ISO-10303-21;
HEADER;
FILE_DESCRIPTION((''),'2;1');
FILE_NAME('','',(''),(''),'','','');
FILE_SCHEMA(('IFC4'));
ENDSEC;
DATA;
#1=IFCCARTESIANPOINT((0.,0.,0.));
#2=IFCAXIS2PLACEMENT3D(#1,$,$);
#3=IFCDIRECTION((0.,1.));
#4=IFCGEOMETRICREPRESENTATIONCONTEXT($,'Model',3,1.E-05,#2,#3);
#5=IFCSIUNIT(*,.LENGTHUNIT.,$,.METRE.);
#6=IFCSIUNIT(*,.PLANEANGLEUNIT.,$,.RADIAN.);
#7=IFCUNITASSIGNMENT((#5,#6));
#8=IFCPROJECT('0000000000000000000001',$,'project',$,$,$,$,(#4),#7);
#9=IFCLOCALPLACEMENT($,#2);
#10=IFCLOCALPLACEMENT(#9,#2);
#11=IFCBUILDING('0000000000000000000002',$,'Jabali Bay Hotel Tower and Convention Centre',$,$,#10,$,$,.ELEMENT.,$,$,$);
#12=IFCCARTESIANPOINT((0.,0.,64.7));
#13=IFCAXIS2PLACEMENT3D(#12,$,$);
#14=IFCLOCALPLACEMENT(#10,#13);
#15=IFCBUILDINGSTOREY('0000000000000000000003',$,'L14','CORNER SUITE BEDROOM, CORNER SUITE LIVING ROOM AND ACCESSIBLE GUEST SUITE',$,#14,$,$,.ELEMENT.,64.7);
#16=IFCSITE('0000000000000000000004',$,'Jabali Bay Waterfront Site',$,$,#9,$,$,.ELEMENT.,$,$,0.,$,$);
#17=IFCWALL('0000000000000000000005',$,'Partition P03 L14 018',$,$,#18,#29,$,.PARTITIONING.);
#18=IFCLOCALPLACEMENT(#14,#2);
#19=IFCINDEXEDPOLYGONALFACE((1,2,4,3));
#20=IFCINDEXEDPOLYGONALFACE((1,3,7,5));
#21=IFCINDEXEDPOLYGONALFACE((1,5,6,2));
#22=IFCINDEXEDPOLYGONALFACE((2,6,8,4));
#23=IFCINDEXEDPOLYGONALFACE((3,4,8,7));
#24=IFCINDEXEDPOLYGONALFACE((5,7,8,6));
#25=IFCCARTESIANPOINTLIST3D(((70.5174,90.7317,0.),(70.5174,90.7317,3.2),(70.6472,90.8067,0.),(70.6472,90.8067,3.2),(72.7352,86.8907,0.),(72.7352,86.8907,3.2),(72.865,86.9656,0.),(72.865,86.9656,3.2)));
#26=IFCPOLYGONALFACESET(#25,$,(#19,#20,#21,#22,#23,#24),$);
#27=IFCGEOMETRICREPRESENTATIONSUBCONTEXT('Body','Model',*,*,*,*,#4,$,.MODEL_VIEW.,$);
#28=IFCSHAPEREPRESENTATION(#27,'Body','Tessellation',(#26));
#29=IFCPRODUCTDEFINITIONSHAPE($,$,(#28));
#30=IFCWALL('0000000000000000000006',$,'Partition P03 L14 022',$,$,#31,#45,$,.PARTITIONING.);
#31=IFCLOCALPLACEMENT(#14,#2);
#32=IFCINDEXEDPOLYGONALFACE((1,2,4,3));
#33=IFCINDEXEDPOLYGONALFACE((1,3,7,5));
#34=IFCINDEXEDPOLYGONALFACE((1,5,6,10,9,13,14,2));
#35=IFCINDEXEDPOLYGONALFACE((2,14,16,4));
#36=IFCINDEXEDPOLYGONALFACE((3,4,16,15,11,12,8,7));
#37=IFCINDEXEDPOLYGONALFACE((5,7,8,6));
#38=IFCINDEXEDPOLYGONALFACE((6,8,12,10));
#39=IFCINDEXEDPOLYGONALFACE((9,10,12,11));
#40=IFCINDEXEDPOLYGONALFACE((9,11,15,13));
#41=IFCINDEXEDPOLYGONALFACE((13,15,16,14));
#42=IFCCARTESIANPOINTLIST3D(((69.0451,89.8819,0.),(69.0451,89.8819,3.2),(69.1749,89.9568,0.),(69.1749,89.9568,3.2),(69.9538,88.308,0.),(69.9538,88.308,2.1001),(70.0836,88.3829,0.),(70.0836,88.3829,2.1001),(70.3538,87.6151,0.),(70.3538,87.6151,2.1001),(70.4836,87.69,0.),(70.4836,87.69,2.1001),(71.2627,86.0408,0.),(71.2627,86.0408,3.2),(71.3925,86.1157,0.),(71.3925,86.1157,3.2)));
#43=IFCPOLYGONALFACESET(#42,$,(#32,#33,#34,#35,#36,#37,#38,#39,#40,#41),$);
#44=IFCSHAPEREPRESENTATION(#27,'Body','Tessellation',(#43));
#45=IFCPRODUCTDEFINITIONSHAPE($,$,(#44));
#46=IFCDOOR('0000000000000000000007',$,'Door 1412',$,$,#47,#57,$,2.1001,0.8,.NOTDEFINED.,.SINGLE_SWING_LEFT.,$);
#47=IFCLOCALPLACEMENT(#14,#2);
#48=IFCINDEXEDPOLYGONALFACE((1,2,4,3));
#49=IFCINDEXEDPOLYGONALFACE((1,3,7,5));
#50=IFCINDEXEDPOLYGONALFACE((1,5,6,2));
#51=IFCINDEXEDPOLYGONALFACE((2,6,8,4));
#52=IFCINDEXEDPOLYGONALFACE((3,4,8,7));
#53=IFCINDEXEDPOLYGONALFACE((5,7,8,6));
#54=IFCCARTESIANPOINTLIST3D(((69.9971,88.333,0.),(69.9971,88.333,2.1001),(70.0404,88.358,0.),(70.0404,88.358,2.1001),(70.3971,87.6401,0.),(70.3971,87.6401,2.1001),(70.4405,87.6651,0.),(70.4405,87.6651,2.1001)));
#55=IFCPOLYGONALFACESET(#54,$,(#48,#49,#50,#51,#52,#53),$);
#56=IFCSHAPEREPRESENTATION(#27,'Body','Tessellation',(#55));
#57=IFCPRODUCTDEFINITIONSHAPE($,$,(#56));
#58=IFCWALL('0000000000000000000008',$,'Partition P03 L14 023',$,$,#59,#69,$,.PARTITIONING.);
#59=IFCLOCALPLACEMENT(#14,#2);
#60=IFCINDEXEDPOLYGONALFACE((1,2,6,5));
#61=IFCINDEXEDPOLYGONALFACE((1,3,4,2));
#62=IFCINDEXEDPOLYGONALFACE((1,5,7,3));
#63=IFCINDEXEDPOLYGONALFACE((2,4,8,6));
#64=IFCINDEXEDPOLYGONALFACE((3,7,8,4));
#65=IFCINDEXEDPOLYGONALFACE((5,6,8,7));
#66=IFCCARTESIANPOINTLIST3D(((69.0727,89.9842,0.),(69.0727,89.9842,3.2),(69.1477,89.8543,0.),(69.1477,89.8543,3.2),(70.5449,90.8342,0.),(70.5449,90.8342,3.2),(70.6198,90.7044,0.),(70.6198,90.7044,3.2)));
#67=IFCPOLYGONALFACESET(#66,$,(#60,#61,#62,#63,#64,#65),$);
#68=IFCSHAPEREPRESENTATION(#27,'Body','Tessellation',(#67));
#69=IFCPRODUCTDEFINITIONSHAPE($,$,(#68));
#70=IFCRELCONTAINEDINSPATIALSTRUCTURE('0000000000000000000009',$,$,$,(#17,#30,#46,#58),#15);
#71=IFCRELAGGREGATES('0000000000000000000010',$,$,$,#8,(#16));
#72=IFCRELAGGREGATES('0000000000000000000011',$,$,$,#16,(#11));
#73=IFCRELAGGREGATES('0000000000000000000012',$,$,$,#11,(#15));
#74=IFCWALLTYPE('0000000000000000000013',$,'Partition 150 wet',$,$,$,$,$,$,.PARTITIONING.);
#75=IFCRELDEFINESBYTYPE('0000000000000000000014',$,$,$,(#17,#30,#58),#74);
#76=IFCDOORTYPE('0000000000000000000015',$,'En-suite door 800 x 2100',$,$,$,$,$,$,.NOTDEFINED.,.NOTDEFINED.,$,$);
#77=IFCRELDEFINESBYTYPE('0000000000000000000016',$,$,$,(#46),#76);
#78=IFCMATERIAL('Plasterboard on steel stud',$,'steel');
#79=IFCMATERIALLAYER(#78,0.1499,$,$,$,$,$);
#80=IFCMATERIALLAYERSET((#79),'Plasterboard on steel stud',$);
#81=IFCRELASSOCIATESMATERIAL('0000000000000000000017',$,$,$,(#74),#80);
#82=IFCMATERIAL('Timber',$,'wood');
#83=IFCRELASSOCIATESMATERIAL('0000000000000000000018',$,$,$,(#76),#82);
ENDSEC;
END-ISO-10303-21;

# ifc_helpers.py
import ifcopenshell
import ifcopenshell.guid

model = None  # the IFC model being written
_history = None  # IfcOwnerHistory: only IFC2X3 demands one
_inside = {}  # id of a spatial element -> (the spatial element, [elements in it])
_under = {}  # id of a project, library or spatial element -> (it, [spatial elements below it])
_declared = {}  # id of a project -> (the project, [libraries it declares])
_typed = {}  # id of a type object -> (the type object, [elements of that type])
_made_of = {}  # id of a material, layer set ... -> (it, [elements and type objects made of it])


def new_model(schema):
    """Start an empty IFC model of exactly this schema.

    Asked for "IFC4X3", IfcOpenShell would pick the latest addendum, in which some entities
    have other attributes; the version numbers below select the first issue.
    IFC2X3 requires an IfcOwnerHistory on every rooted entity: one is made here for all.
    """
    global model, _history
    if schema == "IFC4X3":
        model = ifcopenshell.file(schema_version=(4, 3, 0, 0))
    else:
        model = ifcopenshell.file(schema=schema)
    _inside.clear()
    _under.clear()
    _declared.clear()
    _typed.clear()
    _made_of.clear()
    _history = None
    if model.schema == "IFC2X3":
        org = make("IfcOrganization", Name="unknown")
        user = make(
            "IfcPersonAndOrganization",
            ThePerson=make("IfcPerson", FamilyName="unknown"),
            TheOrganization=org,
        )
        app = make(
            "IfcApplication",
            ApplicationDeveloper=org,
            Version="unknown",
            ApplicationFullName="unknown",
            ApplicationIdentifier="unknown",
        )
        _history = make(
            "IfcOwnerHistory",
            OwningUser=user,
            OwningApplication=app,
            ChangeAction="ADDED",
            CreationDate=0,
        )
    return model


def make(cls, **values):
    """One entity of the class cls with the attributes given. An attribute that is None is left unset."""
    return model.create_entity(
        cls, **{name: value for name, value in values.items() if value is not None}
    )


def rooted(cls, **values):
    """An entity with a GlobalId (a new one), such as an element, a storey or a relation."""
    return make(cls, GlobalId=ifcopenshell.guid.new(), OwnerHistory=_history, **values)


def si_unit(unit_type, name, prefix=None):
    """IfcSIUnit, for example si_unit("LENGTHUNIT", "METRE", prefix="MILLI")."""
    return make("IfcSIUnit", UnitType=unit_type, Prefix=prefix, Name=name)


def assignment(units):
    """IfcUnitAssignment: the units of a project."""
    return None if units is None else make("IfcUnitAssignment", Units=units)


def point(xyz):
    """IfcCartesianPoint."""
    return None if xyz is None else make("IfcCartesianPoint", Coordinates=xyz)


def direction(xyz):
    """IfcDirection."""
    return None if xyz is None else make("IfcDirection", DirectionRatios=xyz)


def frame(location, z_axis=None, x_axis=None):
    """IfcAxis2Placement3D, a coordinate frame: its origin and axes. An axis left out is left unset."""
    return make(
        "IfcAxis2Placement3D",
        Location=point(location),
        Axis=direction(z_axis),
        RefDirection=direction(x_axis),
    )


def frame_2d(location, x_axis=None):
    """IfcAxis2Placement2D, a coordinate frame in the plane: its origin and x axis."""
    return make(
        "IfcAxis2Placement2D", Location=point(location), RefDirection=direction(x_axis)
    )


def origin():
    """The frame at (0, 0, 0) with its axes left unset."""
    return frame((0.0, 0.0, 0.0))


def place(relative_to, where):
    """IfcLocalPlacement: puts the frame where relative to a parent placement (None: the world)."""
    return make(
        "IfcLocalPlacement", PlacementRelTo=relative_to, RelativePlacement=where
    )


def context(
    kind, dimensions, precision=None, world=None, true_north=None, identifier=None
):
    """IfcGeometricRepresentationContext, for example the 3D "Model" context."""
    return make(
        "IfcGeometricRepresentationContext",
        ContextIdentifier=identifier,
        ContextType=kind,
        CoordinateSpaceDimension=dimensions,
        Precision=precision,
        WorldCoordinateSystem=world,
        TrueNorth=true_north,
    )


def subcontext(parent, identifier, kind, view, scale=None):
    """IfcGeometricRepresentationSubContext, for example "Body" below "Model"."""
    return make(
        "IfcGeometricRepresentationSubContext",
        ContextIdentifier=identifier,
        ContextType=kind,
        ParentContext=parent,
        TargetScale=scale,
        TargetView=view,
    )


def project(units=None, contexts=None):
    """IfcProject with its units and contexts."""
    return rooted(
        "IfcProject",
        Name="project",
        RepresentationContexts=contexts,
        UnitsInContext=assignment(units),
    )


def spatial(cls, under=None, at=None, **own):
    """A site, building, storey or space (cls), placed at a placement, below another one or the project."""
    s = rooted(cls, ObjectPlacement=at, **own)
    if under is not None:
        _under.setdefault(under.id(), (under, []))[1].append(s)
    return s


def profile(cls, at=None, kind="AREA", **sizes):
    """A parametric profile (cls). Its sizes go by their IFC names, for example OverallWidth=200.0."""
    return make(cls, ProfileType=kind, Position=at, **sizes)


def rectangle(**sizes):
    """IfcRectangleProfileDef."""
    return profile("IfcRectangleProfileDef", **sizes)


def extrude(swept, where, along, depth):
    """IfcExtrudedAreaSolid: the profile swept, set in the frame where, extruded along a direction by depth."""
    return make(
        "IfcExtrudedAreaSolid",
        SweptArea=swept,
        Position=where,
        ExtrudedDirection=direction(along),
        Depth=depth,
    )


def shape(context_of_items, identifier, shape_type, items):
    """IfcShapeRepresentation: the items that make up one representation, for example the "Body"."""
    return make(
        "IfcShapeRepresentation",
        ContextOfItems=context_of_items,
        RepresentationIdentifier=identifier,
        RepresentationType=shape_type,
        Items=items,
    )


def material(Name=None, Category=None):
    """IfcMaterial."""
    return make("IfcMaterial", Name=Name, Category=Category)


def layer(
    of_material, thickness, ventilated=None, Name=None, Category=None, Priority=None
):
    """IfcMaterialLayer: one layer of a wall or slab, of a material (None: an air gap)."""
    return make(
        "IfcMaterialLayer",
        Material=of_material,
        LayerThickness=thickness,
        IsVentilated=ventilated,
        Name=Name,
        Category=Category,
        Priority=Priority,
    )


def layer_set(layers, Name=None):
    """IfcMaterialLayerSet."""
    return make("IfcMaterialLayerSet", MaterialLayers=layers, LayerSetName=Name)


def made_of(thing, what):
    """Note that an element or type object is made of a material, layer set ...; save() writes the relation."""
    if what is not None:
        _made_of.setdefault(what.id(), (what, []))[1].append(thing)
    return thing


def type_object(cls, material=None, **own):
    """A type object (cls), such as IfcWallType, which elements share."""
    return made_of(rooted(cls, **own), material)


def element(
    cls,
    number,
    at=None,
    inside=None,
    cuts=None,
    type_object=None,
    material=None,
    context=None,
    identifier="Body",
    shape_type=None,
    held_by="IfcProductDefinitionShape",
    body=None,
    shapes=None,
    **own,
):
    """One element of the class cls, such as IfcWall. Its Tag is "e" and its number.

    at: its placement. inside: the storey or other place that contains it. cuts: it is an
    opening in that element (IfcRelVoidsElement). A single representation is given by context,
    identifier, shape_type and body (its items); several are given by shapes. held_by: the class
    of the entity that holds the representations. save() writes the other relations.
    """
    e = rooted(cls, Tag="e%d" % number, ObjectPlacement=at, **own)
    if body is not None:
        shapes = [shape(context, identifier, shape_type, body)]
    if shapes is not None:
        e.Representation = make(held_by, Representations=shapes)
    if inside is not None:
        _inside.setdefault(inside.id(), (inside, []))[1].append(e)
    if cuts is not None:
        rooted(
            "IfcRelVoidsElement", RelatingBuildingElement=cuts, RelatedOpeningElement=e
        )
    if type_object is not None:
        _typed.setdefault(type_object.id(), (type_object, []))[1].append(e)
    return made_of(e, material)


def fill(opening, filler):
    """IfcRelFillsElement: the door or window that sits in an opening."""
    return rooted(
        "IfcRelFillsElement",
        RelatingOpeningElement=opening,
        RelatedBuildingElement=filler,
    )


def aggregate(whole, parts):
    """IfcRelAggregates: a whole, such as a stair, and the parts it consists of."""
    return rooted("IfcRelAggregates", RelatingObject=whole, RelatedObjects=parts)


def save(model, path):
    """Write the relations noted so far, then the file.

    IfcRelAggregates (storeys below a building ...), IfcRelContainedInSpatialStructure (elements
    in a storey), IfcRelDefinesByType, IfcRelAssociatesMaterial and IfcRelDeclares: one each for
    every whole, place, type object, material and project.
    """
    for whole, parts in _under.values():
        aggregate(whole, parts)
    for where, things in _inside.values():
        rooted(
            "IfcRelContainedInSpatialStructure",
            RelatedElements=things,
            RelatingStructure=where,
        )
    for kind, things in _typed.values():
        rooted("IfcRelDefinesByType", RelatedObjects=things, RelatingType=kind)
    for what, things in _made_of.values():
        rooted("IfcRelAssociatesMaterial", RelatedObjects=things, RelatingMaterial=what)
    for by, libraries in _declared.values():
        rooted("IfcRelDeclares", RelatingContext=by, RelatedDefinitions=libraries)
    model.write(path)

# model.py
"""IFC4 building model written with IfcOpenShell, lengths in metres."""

from ifc_helpers import new_model, si_unit, direction, frame, frame_2d, origin, place, context, subcontext, project, spatial, rectangle, extrude, material, layer, layer_set, type_object, element, fill, save


model = new_model("IFC4")

# Units and contexts
model_context = context("Model", 3, precision=1e-05, world=origin(), true_north=direction((0.0, 1.0)))
body_context = subcontext(model_context, "Body", "Model", "MODEL_VIEW")
ifc_project = project(units=[si_unit("LENGTHUNIT", "METRE"), si_unit("PLANEANGLEUNIT", "RADIAN")], contexts=[model_context])

# Site, building, storey
site_placement = place(None, origin())
site = spatial("IfcSite", under=ifc_project, at=site_placement, Name="Jabali Bay Waterfront Site", CompositionType="ELEMENT", RefElevation=0.0)
building_placement = place(site_placement, origin())
building = spatial("IfcBuilding", under=site, at=building_placement, Name="Jabali Bay Hotel Tower and Convention Centre", CompositionType="ELEMENT")
storey_placement = place(building_placement, frame((0.0, 0.0, 64.7)))
storey = spatial("IfcBuildingStorey", under=building, at=storey_placement, Name="L14", Description="CORNER SUITE BEDROOM, CORNER SUITE LIVING ROOM AND ACCESSIBLE GUEST SUITE", CompositionType="ELEMENT", Elevation=64.7)

# Shared definitions
ifc_material_1 = material(Name="Timber", Category="wood")

# Wall
ifc_material_2 = material(Name="Plasterboard on steel stud", Category="steel")
ifc_layer_1 = layer(ifc_material_2, 0.1499)
ifc_layer_set_1 = layer_set([ifc_layer_1], Name="Plasterboard on steel stud")
wall_type_1 = type_object("IfcWallType", Name="Partition 150 wet", PredefinedType="PARTITIONING", material=ifc_layer_set_1)
wall_1_placement = place(storey_placement, frame((70.5823, 90.7693, 0.0), z_axis=(0.0, 0.0, 1.0), x_axis=(0.500023, -0.866012, 0.0)))
element("IfcWall", 1, at=wall_1_placement, inside=storey, type_object=wall_type_1, Name="Partition P03 L14 018", PredefinedType="PARTITIONING", context=body_context, shape_type="SweptSolid", body=[
    extrude(rectangle(XDim=4.4353, YDim=0.1499, at=frame_2d((2.2178, 0.0))), origin(), (0.0, 0.0, 1.0), 3.2),
])

# Wall, opening, door
wall_2_placement = place(storey_placement, frame((71.3276, 86.0781, 0.0), z_axis=(0.0, 0.0, 1.0), x_axis=(-0.499981, 0.866036, 0.0)))
wall_2 = element("IfcWall", 2, at=wall_2_placement, inside=storey, type_object=wall_type_1, Name="Partition P03 L14 022", PredefinedType="PARTITIONING", context=body_context, shape_type="SweptSolid", body=[
    extrude(rectangle(XDim=4.4353, YDim=0.1499, at=frame_2d((2.2178, 0.0))), origin(), (0.0, 0.0, 1.0), 3.2),
])
opening_1_placement = place(wall_2_placement, frame((1.8181, 0.0, 0.0)))
opening_1 = element("IfcOpeningElement", 3, at=opening_1_placement, cuts=wall_2, PredefinedType="OPENING", context=body_context, shape_type="SweptSolid", body=[
    extrude(rectangle(XDim=0.8, YDim=2.1001, at=frame_2d((0.3999, 1.05))), frame((0.0, 0.0854, 0.0), z_axis=(0.0, -1.0, 0.0), x_axis=(1.0, 0.0, 0.0)), (0.0, 0.0, 1.0), 0.1709),
])
door_type_1 = type_object("IfcDoorType", Name="En-suite door 800 x 2100", OperationType="NOTDEFINED", PredefinedType="NOTDEFINED", material=ifc_material_1)
door_1_placement = place(opening_1_placement, origin())
door_1 = element("IfcDoor", 4, at=door_1_placement, inside=storey, type_object=door_type_1, Name="Door 1412", OperationType="SINGLE_SWING_LEFT", OverallHeight=2.1001, OverallWidth=0.8, PredefinedType="NOTDEFINED", context=body_context, shape_type="SweptSolid", body=[
    extrude(rectangle(XDim=0.8, YDim=2.1001, at=frame_2d((0.3999, 1.05))), frame((0.0, 0.0249, 0.0), z_axis=(0.0, -1.0, 0.0), x_axis=(1.0, 0.0, 0.0)), (0.0, 0.0, 1.0), 0.05),
])
fill(opening_1, door_1)

# Wall
wall_3_placement = place(storey_placement, frame((69.1101, 89.9192, 0.0), z_axis=(0.0, 0.0, 1.0), x_axis=(0.865989, 0.500062, 0.0)))
element("IfcWall", 5, at=wall_3_placement, inside=storey, type_object=wall_type_1, Name="Partition P03 L14 023", PredefinedType="PARTITIONING", context=body_context, shape_type="SweptSolid", body=[
    extrude(rectangle(XDim=1.7, YDim=0.1499, at=frame_2d((0.8501, 0.0))), origin(), (0.0, 0.0, 1.0), 3.2),
])

save(model, "model.ifc")
